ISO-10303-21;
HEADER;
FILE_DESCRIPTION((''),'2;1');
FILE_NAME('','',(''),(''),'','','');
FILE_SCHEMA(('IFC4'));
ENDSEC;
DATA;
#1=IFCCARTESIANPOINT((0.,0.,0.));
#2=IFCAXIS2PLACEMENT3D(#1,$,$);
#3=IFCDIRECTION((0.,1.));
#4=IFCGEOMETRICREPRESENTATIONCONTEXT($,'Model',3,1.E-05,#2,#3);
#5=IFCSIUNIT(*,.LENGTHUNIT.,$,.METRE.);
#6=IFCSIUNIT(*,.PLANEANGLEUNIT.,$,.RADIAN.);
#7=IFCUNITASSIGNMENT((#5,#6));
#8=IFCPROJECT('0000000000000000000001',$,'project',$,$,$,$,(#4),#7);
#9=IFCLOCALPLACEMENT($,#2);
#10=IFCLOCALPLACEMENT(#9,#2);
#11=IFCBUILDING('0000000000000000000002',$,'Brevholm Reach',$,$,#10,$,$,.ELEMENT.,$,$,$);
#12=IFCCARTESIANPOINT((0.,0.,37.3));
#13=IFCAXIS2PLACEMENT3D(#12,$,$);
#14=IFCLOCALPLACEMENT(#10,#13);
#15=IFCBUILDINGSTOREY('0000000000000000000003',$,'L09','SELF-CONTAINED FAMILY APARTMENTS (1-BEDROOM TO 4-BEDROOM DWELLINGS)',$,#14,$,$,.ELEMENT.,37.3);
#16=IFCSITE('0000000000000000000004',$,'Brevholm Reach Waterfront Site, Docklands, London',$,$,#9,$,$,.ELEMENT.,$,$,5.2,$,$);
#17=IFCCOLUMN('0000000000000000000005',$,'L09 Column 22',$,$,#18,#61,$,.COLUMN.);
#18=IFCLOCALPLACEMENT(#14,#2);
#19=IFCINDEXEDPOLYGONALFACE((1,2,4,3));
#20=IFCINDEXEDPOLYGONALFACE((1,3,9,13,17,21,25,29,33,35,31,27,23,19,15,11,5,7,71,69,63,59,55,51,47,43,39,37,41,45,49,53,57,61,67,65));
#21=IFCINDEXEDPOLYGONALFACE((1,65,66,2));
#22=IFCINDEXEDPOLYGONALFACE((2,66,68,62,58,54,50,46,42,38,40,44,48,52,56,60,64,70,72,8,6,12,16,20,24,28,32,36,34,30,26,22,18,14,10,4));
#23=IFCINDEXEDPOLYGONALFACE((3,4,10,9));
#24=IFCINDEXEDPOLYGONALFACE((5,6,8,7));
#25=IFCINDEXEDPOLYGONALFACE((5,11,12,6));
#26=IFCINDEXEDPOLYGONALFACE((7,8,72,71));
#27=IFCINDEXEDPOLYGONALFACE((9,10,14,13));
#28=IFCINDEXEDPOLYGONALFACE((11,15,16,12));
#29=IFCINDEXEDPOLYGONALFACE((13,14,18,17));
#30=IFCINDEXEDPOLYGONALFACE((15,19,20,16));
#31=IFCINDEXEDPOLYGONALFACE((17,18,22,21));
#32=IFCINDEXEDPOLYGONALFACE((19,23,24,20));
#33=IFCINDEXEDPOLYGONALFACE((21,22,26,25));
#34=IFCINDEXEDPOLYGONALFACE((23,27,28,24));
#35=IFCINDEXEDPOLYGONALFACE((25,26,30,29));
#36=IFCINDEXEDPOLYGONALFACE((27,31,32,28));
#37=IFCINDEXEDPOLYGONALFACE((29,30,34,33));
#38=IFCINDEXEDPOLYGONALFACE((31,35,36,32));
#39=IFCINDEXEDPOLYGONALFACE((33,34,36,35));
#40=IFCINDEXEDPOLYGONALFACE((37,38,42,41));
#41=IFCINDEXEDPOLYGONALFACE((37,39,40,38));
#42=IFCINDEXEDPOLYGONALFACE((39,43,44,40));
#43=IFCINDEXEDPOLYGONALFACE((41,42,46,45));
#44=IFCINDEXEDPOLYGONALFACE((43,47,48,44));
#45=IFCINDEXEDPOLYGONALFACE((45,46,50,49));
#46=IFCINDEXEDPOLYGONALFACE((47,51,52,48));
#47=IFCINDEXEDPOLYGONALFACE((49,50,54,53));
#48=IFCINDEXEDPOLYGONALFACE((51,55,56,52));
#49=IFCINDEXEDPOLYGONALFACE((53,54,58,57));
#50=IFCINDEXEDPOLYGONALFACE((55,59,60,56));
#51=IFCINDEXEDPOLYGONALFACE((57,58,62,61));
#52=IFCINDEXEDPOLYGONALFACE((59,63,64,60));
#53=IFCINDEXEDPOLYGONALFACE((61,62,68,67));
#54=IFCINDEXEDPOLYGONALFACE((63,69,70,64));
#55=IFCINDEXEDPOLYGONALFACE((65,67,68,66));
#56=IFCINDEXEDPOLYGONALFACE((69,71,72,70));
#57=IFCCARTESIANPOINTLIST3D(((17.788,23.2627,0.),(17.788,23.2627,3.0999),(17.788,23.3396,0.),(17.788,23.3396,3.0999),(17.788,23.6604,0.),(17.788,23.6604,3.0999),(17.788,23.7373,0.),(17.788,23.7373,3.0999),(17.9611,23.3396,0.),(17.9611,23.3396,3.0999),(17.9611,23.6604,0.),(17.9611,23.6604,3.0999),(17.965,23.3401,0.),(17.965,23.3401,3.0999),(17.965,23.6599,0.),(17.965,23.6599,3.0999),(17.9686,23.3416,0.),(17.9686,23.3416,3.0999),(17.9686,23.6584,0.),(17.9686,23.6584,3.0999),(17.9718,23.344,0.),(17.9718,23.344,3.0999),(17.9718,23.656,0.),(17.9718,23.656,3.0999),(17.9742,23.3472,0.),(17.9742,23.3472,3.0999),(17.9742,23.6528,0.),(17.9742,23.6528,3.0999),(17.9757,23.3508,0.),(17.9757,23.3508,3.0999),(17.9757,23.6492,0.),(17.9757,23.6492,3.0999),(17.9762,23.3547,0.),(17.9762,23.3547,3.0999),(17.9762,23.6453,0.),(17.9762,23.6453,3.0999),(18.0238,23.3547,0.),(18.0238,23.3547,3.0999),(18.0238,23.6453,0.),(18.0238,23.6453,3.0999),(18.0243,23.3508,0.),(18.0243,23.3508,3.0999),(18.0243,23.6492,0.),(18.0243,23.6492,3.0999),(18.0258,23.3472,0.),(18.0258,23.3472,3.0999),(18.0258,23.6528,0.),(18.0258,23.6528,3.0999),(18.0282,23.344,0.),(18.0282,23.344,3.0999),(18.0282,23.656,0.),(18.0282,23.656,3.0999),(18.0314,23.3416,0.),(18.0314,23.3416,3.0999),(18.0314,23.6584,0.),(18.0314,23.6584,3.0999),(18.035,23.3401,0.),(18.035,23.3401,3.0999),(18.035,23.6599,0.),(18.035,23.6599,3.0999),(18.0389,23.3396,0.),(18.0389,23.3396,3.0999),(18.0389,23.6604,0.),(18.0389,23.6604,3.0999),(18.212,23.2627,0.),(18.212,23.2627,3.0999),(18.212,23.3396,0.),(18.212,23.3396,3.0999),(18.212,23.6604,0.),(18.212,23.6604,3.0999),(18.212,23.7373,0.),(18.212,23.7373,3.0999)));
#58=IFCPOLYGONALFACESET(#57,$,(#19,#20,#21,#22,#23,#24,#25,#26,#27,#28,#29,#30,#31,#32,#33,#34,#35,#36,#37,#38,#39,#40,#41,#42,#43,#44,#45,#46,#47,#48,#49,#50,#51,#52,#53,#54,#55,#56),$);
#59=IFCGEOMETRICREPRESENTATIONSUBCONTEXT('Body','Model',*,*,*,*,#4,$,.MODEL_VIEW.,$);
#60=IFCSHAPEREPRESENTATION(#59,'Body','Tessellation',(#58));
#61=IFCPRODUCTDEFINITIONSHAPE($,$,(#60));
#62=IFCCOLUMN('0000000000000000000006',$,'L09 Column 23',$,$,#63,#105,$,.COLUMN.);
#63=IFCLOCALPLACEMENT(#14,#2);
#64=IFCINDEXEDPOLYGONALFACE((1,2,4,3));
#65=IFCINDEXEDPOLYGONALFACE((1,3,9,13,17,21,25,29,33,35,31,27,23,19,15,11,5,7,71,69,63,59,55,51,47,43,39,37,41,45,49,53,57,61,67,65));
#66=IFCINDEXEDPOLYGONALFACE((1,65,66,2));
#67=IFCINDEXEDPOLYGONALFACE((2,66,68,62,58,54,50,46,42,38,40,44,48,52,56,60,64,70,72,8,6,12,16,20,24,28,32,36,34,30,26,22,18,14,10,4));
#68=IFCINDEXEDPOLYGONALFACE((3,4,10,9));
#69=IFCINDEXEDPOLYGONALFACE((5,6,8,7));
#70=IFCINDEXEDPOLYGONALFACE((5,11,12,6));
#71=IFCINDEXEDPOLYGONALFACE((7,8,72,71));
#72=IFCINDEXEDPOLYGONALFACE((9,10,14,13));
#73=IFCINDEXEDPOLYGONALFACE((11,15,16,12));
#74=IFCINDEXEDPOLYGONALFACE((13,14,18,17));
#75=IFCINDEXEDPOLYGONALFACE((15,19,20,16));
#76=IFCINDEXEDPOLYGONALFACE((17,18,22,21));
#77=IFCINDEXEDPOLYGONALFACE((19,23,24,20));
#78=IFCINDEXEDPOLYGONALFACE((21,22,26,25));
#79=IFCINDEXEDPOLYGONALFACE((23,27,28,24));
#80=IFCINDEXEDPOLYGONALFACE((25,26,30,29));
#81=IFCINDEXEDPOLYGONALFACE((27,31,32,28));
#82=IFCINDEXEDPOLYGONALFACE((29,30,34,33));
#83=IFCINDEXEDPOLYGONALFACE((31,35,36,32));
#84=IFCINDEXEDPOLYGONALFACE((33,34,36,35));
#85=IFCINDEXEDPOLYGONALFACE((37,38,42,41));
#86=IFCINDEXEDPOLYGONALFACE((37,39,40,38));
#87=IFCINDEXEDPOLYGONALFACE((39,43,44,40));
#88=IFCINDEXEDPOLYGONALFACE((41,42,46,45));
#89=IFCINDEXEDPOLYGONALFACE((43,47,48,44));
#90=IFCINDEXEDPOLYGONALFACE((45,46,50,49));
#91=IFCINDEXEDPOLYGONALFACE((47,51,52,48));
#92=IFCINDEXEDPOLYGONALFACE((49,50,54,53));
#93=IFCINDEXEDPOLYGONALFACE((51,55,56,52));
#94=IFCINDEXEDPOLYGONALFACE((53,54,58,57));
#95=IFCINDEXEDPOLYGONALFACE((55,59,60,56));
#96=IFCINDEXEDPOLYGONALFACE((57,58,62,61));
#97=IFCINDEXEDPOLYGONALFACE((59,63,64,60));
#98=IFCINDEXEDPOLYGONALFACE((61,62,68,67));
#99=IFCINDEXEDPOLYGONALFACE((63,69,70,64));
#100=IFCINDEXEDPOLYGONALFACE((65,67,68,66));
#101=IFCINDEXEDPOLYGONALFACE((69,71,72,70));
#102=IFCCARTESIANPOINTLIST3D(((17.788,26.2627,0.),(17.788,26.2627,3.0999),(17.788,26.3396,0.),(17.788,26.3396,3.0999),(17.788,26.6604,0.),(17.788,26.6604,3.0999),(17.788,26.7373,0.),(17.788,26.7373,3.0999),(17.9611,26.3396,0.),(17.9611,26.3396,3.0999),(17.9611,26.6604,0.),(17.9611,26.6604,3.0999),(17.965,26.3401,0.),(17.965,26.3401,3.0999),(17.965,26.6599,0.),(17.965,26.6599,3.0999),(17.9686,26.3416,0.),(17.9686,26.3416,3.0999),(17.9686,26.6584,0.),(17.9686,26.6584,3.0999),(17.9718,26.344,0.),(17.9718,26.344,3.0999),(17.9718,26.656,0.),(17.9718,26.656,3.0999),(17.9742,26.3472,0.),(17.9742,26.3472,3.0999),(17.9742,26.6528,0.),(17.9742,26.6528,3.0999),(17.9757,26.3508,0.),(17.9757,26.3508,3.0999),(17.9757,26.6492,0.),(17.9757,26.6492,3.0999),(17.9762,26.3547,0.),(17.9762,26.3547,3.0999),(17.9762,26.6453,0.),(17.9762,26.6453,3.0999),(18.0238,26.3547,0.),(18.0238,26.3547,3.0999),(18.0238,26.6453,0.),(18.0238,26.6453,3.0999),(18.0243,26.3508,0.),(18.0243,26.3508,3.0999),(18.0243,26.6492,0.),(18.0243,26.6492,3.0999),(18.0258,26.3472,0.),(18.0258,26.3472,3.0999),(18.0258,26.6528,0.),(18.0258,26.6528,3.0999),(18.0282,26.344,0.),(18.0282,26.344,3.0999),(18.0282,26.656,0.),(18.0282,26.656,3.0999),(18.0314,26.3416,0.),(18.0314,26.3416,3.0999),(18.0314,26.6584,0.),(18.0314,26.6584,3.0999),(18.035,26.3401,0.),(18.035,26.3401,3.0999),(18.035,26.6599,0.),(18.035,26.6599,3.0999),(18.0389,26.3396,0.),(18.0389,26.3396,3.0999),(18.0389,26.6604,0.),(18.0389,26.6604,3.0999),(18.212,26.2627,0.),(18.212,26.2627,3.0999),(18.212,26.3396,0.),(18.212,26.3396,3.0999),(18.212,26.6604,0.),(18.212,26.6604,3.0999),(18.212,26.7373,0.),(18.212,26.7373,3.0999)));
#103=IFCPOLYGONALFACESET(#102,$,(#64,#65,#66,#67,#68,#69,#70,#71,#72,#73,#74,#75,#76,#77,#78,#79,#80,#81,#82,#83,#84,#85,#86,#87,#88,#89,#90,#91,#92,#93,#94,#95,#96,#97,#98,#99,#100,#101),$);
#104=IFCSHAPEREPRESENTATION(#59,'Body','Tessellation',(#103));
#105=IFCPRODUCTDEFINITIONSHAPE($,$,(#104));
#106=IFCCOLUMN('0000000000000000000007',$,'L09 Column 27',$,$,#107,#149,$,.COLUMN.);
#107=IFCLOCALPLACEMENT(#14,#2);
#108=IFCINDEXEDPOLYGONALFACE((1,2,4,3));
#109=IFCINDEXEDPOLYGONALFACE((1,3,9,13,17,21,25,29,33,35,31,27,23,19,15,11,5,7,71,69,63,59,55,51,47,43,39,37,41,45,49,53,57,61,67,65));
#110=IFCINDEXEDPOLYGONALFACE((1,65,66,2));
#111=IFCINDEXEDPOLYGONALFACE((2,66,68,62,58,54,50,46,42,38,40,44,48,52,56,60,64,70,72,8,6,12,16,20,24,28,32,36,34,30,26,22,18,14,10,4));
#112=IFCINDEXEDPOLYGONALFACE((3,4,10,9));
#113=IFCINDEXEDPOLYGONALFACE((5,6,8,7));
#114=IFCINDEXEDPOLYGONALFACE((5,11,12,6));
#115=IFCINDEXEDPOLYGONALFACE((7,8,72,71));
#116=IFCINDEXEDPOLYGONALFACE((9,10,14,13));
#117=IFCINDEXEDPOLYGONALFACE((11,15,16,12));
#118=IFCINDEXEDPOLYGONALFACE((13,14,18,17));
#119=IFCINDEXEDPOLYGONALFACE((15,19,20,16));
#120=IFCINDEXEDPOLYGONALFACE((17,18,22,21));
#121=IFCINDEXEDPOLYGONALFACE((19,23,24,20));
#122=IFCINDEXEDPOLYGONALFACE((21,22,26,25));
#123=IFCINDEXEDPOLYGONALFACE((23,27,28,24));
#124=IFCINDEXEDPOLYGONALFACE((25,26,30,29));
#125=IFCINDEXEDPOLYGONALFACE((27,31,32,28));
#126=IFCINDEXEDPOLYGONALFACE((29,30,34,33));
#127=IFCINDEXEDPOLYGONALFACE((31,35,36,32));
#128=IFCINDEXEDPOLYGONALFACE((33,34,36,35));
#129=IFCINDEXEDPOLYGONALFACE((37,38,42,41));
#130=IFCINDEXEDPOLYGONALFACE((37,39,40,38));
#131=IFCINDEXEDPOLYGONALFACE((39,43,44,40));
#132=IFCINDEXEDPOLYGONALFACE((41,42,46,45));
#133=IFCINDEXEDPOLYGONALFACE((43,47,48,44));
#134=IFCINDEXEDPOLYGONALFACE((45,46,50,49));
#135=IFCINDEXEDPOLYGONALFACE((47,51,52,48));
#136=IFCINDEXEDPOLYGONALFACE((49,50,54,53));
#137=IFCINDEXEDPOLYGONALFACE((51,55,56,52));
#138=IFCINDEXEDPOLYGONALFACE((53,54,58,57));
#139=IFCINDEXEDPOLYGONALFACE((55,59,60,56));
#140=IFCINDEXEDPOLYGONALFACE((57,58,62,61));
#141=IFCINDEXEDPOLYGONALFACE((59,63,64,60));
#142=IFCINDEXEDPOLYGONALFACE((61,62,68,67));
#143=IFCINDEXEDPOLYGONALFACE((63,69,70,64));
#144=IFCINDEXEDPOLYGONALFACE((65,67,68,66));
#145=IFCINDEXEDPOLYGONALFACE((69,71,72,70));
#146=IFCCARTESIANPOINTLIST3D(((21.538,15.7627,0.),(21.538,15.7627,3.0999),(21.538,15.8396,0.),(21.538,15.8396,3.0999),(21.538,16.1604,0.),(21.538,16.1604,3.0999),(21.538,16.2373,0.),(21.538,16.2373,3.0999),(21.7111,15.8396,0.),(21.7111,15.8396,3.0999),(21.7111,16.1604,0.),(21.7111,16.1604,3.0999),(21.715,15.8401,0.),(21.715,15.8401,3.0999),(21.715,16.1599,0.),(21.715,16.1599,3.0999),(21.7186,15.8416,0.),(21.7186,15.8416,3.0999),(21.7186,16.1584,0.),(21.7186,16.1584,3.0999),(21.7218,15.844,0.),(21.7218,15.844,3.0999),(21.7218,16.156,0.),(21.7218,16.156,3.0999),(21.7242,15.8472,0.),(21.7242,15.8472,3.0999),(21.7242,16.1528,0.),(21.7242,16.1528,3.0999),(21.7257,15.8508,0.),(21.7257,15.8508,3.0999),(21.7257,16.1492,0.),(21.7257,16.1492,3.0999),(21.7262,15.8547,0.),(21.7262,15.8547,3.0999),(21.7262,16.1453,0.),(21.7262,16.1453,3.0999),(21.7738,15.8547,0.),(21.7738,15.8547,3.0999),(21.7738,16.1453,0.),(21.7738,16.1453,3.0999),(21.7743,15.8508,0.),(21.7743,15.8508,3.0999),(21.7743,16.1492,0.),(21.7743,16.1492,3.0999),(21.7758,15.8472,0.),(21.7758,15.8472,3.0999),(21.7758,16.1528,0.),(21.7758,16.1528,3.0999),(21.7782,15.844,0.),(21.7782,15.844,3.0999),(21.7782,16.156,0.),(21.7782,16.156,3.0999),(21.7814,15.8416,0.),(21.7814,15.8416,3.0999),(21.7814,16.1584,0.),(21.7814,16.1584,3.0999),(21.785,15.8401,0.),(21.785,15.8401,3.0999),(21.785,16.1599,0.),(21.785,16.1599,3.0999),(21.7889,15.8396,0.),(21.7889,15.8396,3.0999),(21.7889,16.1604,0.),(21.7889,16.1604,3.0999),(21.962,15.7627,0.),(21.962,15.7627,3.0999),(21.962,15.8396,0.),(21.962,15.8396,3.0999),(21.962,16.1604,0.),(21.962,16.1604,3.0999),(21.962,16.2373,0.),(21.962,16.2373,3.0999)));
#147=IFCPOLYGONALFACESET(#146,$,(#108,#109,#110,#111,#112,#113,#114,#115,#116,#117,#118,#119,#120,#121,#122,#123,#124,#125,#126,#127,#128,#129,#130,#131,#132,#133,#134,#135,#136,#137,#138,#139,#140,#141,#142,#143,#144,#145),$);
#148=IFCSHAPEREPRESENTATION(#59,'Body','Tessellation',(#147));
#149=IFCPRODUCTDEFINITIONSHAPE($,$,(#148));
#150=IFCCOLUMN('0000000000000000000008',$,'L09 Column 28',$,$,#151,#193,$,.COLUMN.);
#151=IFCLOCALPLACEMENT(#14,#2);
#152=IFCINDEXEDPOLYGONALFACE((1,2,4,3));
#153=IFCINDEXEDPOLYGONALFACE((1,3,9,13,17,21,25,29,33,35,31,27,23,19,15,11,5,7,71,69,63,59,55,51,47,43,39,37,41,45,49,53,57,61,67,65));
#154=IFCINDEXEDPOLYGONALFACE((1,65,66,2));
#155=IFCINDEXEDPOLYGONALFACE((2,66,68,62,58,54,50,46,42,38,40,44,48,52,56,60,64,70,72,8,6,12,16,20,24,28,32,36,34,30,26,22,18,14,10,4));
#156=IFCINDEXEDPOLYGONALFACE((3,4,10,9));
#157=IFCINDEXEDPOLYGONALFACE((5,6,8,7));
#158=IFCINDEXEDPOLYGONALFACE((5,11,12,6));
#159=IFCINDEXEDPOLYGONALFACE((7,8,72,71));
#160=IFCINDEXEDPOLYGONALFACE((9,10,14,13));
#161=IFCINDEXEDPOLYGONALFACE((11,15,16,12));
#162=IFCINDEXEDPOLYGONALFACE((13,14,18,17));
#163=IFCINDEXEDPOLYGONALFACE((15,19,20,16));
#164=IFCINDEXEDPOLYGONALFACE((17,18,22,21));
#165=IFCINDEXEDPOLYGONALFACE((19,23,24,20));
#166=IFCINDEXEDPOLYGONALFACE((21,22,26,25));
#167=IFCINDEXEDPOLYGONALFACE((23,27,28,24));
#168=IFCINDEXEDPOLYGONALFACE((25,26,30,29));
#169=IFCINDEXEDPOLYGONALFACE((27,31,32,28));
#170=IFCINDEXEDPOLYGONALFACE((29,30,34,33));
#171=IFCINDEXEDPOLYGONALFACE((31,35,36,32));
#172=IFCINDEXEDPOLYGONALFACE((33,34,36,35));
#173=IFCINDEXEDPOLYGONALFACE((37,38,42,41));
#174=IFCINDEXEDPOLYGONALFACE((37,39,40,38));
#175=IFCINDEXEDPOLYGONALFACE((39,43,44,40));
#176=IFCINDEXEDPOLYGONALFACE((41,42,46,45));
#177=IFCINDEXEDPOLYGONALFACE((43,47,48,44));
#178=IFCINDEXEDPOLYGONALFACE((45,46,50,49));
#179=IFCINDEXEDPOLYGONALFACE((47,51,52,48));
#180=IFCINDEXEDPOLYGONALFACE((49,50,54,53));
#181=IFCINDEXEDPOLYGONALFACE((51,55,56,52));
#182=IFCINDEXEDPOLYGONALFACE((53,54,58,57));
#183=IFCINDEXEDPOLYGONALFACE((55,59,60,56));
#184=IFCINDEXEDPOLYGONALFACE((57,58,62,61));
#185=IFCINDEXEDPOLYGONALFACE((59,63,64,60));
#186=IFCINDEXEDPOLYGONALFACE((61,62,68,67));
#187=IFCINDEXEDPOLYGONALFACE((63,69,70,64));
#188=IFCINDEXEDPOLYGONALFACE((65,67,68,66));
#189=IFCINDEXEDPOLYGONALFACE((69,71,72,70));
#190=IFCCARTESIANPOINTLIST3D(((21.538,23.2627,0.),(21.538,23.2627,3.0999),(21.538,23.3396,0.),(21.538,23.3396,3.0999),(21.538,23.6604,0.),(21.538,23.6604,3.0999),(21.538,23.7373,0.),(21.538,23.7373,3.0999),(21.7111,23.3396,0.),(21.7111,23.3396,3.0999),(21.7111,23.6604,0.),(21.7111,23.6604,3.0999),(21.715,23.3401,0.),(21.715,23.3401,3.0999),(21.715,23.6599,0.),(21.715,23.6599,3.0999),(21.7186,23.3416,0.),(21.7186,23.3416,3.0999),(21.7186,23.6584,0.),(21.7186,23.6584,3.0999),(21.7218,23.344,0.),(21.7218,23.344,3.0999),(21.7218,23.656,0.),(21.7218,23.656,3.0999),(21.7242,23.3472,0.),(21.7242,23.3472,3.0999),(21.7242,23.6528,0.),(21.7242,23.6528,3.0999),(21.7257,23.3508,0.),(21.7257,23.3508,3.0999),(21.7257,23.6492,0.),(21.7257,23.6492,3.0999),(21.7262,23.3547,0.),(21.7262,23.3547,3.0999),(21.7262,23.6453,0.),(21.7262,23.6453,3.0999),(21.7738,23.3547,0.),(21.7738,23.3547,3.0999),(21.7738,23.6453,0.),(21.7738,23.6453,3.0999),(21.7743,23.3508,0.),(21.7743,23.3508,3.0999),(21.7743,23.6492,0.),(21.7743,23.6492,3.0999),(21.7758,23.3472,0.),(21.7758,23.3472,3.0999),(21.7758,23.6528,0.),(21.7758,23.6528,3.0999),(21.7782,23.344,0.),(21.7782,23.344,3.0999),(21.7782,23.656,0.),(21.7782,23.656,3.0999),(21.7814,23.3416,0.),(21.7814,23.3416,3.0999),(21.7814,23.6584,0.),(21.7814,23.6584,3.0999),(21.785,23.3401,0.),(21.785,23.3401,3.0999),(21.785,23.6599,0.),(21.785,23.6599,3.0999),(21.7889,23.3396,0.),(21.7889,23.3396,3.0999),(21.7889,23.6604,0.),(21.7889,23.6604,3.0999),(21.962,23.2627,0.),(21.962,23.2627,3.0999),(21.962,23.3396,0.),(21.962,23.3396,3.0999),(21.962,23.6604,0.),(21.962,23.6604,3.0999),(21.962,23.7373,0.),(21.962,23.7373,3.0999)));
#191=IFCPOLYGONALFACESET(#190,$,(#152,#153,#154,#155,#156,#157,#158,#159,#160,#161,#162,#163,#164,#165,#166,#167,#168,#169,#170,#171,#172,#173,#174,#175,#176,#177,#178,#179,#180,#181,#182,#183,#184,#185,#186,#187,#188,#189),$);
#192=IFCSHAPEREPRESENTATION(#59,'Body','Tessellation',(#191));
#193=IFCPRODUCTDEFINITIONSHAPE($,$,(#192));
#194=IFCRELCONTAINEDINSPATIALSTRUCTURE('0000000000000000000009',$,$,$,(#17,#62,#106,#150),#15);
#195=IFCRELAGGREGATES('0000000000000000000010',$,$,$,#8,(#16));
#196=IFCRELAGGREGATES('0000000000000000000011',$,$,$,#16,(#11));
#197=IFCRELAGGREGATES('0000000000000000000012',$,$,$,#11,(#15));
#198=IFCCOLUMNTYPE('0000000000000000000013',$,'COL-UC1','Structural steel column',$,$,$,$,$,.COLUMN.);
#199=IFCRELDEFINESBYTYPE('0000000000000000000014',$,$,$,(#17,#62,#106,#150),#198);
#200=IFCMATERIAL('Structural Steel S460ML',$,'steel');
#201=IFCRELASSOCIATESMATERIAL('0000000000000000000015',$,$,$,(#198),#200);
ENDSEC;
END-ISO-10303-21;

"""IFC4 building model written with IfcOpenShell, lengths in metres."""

from ifc_helpers import new_model, si_unit, direction, frame, origin, origin_2d, place, context, subcontext, project, spatial, i_section, extrude, material, material_profile, profile_set, type_object, element, save


model = new_model("IFC4")

# Units and contexts
model_context = context("Model", 3, precision=1e-05, world=origin(), true_north=direction((0.0, 1.0)))
body_context = subcontext(model_context, "Body", "Model", "MODEL_VIEW")
ifc_project = project(units=[si_unit("LENGTHUNIT", "METRE"), si_unit("PLANEANGLEUNIT", "RADIAN")], contexts=[model_context])

# Site, building, storey
site_placement = place(None, origin())
site = spatial("IfcSite", under=ifc_project, at=site_placement, Name="Brevholm Reach Waterfront Site, Docklands, London", CompositionType="ELEMENT", RefElevation=5.2)
building_placement = place(site_placement, origin())
building = spatial("IfcBuilding", under=site, at=building_placement, Name="Brevholm Reach", CompositionType="ELEMENT")
storey_placement = place(building_placement, frame((0.0, 0.0, 37.3)))
storey = spatial("IfcBuildingStorey", under=building, at=storey_placement, Name="L09", Description="SELF-CONTAINED FAMILY APARTMENTS (1-BEDROOM TO 4-BEDROOM DWELLINGS)", CompositionType="ELEMENT", Elevation=37.3)

# Columns
ifc_material_1 = material(Name="Structural Steel S460ML", Category="steel")
ifc_material_profile_1 = material_profile(ifc_material_1, i_section(OverallWidth=0.4241, OverallDepth=0.4746, WebThickness=0.0476, FlangeThickness=0.0769, FilletRadius=0.0151, at=origin_2d()), Name="UKC 356x406x634")
ifc_profile_set_1 = profile_set([ifc_material_profile_1], Name="Structural Steel S460ML")
column_type_1 = type_object("IfcColumnType", Name="COL-UC1", Description="Structural steel column", PredefinedType="COLUMN", material=ifc_profile_set_1)
for number, where, z_axis, x_axis, name in (
    (1, (18.0, 23.5, 0.0), (0.0, 0.0, 1.0), (1.0, 0.0, 0.0), "L09 Column 22"),
    (2, (18.0, 26.5, 0.0), (0.0, 0.0, 1.0), (1.0, 0.0, 0.0), "L09 Column 23"),
    (3, (21.75, 16.0, 0.0), (0.0, 0.0, 1.0), (1.0, 0.0, 0.0), "L09 Column 27"),
    (4, (21.75, 23.5, 0.0), (0.0, 0.0, 1.0), (1.0, 0.0, 0.0), "L09 Column 28"),
):
    element("IfcColumn", number, at=place(storey_placement, frame(where, z_axis=z_axis, x_axis=x_axis)), inside=storey, type_object=column_type_1, Name=name, PredefinedType="COLUMN", context=body_context, shape_type="SweptSolid", body=[
        extrude(i_section(OverallWidth=0.4241, OverallDepth=0.4746, WebThickness=0.0476, FlangeThickness=0.0769, FilletRadius=0.0151, at=origin_2d()), origin(), (0.0, 0.0, 1.0), 3.0999),
    ])

save(model, "model.ifc")
